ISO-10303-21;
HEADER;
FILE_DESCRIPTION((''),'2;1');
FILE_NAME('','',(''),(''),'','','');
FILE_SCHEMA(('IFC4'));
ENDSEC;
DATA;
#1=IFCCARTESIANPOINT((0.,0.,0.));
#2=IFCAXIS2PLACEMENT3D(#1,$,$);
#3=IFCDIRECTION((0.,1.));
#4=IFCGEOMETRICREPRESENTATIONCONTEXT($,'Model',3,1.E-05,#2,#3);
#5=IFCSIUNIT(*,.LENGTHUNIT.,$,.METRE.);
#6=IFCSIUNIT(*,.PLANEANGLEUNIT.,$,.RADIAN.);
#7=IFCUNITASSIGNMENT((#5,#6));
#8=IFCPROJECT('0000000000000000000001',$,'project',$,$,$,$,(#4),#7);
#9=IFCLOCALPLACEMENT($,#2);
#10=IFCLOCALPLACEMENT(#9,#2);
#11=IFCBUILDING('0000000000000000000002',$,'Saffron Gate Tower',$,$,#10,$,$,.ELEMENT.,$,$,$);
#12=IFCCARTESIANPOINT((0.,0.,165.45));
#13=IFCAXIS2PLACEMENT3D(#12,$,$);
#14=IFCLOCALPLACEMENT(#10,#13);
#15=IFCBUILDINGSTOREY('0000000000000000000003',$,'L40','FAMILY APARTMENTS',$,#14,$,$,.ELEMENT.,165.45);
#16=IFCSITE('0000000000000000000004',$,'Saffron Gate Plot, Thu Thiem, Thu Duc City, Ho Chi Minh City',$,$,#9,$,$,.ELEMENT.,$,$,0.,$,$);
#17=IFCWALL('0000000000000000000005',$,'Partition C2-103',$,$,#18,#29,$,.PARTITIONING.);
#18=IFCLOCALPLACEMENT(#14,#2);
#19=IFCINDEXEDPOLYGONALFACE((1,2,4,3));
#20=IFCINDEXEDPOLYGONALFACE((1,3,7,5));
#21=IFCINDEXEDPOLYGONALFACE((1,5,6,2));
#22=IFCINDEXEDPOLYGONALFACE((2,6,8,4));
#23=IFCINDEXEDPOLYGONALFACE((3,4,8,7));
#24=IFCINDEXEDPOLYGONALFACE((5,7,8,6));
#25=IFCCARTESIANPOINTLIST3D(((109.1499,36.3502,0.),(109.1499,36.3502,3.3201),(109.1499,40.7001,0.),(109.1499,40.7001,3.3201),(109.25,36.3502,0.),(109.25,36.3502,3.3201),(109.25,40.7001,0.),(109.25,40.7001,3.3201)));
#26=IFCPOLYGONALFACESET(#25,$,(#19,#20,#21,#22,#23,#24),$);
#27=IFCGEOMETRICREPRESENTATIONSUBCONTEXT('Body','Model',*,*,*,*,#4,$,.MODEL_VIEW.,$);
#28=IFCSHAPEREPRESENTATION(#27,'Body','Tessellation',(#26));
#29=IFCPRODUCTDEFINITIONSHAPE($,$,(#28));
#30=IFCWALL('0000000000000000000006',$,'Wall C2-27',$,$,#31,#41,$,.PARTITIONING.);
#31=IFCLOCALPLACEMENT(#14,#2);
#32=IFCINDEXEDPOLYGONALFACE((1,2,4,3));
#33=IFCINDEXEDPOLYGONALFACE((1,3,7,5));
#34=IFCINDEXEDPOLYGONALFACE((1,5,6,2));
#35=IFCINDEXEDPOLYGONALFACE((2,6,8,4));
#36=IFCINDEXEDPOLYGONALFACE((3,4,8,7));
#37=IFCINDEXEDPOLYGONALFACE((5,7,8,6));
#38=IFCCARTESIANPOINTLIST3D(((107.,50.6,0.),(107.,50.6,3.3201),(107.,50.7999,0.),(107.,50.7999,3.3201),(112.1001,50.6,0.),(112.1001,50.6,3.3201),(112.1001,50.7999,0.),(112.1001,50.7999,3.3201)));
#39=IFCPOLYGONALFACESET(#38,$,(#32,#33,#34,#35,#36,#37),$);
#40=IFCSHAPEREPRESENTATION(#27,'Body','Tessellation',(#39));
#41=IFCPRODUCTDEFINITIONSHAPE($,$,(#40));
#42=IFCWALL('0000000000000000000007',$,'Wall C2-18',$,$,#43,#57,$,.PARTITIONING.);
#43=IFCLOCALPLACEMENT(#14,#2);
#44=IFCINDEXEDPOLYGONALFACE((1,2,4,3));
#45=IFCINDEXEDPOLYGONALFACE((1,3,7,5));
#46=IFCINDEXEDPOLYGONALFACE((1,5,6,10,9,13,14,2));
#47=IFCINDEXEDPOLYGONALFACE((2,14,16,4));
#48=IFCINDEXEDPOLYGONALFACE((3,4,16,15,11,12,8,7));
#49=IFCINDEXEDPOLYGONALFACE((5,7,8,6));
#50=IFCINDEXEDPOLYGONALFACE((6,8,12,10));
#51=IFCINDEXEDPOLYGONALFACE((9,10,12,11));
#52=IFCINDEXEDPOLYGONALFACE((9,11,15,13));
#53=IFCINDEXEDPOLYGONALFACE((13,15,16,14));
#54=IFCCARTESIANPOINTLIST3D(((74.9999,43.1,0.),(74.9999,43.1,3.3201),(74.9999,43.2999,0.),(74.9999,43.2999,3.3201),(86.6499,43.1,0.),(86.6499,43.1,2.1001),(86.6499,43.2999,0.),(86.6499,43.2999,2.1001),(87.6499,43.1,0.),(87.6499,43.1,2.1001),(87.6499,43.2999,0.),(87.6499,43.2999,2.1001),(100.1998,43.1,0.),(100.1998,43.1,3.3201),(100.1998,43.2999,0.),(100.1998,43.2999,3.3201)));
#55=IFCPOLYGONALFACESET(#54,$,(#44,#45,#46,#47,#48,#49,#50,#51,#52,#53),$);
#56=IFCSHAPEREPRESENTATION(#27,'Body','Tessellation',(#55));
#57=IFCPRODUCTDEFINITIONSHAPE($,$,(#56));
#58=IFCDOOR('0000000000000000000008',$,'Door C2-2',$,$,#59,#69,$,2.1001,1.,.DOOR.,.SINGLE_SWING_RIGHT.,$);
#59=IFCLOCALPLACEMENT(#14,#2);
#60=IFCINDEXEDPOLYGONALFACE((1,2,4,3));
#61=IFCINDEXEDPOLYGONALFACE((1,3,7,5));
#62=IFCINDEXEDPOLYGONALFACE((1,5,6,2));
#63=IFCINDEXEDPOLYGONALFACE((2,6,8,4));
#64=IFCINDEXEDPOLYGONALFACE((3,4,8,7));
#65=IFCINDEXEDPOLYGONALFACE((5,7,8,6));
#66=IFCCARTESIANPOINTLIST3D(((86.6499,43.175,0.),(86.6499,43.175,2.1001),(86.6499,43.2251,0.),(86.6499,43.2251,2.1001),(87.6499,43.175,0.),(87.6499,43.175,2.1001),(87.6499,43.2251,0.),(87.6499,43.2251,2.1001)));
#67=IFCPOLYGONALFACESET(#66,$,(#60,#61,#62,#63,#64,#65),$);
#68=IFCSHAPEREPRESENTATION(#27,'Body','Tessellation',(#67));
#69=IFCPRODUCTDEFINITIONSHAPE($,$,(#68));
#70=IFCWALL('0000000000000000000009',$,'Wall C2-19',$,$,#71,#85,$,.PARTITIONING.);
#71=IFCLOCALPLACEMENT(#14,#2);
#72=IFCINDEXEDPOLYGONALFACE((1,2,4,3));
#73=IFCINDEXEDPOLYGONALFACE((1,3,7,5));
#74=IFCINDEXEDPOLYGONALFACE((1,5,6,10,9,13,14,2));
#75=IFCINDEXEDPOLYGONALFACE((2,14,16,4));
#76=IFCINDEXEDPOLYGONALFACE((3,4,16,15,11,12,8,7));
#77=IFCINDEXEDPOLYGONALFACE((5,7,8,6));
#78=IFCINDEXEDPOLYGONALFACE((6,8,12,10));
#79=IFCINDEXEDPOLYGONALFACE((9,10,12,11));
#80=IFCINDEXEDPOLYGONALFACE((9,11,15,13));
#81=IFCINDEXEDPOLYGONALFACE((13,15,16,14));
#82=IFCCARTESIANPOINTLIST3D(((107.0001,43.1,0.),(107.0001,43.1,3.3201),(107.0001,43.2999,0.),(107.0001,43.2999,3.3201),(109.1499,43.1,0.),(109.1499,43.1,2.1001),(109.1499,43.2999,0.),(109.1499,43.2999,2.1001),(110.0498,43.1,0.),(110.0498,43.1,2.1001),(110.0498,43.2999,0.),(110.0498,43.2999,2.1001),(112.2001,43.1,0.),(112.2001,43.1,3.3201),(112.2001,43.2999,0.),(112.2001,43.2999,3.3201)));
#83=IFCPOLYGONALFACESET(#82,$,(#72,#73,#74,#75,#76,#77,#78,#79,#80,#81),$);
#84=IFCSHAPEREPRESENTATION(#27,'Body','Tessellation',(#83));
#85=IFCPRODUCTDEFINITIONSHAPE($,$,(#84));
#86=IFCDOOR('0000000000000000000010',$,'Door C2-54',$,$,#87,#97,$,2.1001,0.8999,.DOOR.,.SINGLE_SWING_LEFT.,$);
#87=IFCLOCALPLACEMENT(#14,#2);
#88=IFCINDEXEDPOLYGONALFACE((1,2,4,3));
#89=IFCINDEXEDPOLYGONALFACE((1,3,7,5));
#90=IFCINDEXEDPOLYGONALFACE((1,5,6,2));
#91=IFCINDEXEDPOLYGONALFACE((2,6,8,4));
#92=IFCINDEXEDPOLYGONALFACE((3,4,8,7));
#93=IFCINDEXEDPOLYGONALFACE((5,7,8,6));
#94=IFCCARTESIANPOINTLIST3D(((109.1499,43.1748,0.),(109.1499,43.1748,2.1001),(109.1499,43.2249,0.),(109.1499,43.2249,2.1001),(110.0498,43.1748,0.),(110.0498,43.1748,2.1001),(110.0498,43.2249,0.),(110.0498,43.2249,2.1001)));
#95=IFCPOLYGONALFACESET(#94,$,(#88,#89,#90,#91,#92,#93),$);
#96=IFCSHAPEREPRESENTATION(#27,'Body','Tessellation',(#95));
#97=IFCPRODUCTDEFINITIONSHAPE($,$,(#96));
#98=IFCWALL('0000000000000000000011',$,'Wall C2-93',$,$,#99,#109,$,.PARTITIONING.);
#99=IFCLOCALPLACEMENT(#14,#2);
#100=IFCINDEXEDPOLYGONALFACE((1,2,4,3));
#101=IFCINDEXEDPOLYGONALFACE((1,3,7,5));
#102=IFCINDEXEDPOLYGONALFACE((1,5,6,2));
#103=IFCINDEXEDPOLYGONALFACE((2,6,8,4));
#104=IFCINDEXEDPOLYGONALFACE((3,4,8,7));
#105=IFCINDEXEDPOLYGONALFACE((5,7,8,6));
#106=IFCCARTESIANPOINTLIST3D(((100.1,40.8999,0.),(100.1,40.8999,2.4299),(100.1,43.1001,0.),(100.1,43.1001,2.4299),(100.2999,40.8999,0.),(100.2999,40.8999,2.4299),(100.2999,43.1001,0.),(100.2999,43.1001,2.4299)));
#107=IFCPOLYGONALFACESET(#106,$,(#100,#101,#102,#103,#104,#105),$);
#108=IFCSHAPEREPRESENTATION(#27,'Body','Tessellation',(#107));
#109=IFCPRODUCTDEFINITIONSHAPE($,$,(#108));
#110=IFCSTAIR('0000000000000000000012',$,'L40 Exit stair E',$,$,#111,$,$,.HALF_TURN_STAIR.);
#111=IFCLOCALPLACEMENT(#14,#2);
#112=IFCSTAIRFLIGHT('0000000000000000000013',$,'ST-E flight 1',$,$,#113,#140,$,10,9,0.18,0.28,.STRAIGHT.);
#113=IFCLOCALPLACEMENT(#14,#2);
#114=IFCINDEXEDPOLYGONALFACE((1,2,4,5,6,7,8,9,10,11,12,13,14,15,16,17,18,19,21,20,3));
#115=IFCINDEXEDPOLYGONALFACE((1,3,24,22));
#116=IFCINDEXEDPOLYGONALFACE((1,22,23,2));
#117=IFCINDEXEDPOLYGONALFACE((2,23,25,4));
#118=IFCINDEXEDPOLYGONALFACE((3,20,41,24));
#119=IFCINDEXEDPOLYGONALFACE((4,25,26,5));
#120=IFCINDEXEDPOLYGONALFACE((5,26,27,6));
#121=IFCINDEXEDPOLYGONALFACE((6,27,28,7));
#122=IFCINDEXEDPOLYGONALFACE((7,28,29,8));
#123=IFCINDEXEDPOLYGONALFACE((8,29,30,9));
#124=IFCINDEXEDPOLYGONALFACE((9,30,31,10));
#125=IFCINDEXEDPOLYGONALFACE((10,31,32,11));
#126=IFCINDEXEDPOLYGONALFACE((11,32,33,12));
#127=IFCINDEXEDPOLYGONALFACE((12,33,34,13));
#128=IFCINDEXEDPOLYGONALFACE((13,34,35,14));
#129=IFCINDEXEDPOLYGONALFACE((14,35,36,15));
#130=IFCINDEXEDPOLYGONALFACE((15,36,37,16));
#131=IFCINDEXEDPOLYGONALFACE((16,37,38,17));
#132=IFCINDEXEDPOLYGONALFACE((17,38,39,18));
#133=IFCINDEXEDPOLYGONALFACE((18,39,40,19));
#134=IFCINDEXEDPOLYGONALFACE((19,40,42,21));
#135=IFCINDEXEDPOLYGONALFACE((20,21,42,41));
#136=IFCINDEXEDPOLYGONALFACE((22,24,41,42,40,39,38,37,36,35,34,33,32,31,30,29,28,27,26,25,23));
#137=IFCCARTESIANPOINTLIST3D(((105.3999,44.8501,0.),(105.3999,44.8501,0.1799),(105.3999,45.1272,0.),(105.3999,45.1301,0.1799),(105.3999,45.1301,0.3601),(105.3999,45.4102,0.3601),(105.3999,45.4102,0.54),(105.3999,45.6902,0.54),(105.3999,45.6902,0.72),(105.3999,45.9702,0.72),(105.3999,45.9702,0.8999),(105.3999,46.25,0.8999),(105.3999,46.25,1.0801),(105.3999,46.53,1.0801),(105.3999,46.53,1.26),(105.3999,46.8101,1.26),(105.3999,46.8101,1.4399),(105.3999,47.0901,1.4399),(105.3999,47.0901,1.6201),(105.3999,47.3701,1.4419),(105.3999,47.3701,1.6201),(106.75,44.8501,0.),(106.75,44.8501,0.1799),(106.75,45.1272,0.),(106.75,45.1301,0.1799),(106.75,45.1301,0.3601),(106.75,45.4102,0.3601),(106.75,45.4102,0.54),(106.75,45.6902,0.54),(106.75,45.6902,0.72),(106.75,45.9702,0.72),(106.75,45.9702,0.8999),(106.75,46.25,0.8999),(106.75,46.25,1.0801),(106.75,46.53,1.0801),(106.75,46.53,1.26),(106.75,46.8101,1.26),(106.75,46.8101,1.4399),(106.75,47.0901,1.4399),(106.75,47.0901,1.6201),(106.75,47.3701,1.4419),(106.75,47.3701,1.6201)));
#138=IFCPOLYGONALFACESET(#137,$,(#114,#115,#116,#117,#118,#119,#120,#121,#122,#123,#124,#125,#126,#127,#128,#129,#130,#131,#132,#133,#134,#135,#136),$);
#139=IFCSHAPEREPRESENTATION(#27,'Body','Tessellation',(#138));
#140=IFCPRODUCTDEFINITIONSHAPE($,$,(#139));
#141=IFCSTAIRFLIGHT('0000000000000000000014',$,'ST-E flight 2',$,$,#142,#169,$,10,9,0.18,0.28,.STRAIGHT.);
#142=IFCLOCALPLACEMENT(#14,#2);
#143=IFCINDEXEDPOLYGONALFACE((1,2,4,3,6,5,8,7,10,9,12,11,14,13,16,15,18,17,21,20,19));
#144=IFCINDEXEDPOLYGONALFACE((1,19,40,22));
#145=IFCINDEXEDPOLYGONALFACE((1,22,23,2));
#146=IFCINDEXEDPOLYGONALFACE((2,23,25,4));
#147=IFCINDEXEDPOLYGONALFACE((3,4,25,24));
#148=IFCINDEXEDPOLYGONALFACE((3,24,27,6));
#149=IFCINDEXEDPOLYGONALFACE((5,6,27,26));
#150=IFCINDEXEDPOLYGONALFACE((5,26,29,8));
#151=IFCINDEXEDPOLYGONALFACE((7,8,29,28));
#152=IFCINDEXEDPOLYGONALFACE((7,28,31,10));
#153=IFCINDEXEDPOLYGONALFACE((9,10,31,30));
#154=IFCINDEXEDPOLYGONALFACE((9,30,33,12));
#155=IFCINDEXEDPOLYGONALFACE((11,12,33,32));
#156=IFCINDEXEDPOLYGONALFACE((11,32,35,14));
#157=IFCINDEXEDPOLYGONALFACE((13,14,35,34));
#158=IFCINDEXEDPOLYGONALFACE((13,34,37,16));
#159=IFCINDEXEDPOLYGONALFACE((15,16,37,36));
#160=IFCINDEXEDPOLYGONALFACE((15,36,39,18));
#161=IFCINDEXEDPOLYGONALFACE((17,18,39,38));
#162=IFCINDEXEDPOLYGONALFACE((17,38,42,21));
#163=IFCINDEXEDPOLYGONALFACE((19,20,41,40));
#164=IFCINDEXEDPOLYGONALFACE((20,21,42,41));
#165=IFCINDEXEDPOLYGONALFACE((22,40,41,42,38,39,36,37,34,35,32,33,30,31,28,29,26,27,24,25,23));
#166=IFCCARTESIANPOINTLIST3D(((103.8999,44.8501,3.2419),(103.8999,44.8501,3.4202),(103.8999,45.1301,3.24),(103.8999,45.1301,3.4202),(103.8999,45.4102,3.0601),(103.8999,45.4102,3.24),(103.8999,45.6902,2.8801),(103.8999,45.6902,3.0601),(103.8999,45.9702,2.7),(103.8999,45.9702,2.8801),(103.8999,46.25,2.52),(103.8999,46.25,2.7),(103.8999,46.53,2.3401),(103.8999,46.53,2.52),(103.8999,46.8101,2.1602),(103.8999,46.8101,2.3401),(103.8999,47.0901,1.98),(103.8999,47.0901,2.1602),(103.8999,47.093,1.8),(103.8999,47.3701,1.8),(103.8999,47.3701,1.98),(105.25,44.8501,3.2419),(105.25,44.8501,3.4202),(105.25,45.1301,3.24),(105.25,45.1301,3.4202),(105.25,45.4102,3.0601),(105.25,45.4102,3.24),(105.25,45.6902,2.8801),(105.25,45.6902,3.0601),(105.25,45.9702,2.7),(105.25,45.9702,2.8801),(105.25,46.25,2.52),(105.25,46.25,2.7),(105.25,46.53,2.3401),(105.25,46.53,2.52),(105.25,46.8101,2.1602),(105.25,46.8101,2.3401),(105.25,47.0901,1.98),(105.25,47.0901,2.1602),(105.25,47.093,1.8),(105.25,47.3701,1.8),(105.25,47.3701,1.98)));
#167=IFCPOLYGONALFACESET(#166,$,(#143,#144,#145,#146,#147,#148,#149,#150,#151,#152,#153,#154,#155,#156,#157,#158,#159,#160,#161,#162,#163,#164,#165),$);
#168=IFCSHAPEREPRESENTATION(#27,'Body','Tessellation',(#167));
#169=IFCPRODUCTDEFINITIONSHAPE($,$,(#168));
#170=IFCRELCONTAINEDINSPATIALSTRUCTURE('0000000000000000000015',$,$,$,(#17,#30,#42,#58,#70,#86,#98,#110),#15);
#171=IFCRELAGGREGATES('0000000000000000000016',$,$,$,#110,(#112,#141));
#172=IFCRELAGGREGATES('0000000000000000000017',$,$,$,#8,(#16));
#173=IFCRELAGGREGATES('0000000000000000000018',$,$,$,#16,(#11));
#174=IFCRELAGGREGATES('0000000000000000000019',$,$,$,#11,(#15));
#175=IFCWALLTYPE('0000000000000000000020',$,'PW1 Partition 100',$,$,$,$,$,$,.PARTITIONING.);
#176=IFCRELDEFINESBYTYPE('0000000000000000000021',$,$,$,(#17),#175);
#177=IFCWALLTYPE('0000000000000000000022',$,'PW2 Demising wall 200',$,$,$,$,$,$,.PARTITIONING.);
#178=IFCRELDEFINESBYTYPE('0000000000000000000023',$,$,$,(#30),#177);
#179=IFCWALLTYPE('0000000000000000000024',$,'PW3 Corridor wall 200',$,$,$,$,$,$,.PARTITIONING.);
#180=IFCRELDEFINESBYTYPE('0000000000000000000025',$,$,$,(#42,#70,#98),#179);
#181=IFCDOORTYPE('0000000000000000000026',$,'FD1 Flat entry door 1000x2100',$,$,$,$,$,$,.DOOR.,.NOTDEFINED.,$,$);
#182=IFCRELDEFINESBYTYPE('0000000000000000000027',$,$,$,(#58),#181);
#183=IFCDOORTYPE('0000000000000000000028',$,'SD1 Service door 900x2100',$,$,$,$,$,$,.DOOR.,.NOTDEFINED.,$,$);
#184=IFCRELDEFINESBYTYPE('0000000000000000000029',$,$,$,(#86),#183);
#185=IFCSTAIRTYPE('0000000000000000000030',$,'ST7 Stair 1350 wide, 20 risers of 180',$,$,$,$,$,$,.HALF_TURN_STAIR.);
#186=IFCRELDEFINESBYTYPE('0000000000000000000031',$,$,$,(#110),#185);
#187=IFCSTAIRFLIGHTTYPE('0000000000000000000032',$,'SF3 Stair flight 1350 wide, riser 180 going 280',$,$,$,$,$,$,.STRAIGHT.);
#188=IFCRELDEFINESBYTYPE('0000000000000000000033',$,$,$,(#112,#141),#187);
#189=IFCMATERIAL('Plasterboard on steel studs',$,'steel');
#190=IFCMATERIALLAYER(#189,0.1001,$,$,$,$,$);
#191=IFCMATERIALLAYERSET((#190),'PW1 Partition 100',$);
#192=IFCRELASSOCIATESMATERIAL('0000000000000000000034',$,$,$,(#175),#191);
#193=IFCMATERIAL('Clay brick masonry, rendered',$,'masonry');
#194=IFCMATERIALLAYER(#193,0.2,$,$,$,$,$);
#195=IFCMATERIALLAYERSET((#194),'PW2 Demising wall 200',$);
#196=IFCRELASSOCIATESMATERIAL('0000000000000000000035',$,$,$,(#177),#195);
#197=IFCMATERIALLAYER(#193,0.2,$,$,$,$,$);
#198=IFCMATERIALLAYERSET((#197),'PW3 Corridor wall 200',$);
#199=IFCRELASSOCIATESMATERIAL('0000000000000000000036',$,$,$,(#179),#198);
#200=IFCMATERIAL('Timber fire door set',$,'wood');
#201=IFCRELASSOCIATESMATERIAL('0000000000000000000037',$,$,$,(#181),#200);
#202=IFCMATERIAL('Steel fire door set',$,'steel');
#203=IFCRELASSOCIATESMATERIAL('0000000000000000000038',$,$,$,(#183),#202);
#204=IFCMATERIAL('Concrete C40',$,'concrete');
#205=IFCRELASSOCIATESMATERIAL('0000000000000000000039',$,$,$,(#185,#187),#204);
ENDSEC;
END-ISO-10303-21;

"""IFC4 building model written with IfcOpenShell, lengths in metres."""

from ifc_helpers import new_model, si_unit, direction, frame, frame_2d, origin, place, context, subcontext, project, spatial, polyline, rectangle, outline, extrude, material, layer, layer_set, type_object, element, fill, aggregate, save


model = new_model("IFC4")

# Units and contexts
model_context = context("Model", 3, precision=1e-05, world=origin(), true_north=direction((0.0, 1.0)))
body_context = subcontext(model_context, "Body", "Model", "MODEL_VIEW")
ifc_project = project(units=[si_unit("LENGTHUNIT", "METRE"), si_unit("PLANEANGLEUNIT", "RADIAN")], contexts=[model_context])

# Site, building, storey
site_placement = place(None, origin())
site = spatial("IfcSite", under=ifc_project, at=site_placement, Name="Saffron Gate Plot, Thu Thiem, Thu Duc City, Ho Chi Minh City", CompositionType="ELEMENT", RefElevation=0.0)
building_placement = place(site_placement, origin())
building = spatial("IfcBuilding", under=site, at=building_placement, Name="Saffron Gate Tower", CompositionType="ELEMENT")
storey_placement = place(building_placement, frame((0.0, 0.0, 165.45)))
storey = spatial("IfcBuildingStorey", under=building, at=storey_placement, Name="L40", Description="FAMILY APARTMENTS", CompositionType="ELEMENT", Elevation=165.45)

# Shared definitions
ifc_material_1 = material(Name="Steel fire door set", Category="steel")

# Shared definitions
ifc_material_2 = material(Name="Plasterboard on steel studs", Category="steel")
ifc_layer_1 = layer(ifc_material_2, 0.1001)
ifc_layer_set_1 = layer_set([ifc_layer_1], Name="PW1 Partition 100")
wall_type_1 = type_object("IfcWallType", Name="PW1 Partition 100", PredefinedType="PARTITIONING", material=ifc_layer_set_1)

# Walls
wall_1_placement = place(storey_placement, frame((109.2, 40.7, 0.0), z_axis=(0.0, 0.0, 1.0), x_axis=(0.0, -1.0, 0.0)))
element("IfcWall", 1, at=wall_1_placement, inside=storey, type_object=wall_type_1, Name="Partition C2-103", PredefinedType="PARTITIONING", context=body_context, shape_type="SweptSolid", body=[
    extrude(rectangle(XDim=4.3499, YDim=0.1001, at=frame_2d((2.1748, 0.0))), origin(), (0.0, 0.0, 1.0), 3.3201),
])
ifc_material_3 = material(Name="Clay brick masonry, rendered", Category="masonry")
ifc_layer_2 = layer(ifc_material_3, 0.2)
ifc_layer_set_2 = layer_set([ifc_layer_2], Name="PW2 Demising wall 200")
wall_type_2 = type_object("IfcWallType", Name="PW2 Demising wall 200", PredefinedType="PARTITIONING", material=ifc_layer_set_2)
wall_2_placement = place(storey_placement, frame((107.0, 50.7, 0.0), z_axis=(0.0, 0.0, 1.0), x_axis=(1.0, 0.0, 0.0)))
element("IfcWall", 2, at=wall_2_placement, inside=storey, type_object=wall_type_2, Name="Wall C2-27", PredefinedType="PARTITIONING", context=body_context, shape_type="SweptSolid", body=[
    extrude(rectangle(XDim=5.1001, YDim=0.2, at=frame_2d((2.55, 0.0))), origin(), (0.0, 0.0, 1.0), 3.3201),
])

# Walls, openings, doors
ifc_layer_3 = layer(ifc_material_3, 0.2)
ifc_layer_set_3 = layer_set([ifc_layer_3], Name="PW3 Corridor wall 200")
wall_type_3 = type_object("IfcWallType", Name="PW3 Corridor wall 200", PredefinedType="PARTITIONING", material=ifc_layer_set_3)
wall_3_placement = place(storey_placement, frame((100.2, 43.2, 0.0), z_axis=(0.0, 0.0, 1.0), x_axis=(-1.0, 0.0, 0.0)))
wall_3 = element("IfcWall", 3, at=wall_3_placement, inside=storey, type_object=wall_type_3, Name="Wall C2-18", PredefinedType="PARTITIONING", context=body_context, shape_type="SweptSolid", body=[
    extrude(rectangle(XDim=25.2, YDim=0.2, at=frame_2d((12.6001, 0.0))), origin(), (0.0, 0.0, 1.0), 3.3201),
])
opening_1_placement = place(wall_3_placement, frame((12.55, 0.0, 0.0)))
opening_1 = element("IfcOpeningElement", 4, at=opening_1_placement, cuts=wall_3, PredefinedType="OPENING", context=body_context, shape_type="SweptSolid", body=[
    extrude(rectangle(XDim=1.0, YDim=2.1001, at=frame_2d((0.5, 1.05))), frame((0.0, 0.1099, 0.0), z_axis=(0.0, -1.0, 0.0), x_axis=(1.0, 0.0, 0.0)), (0.0, 0.0, 1.0), 0.22),
])
ifc_material_4 = material(Name="Timber fire door set", Category="wood")
door_type_1 = type_object("IfcDoorType", Name="FD1 Flat entry door 1000x2100", OperationType="NOTDEFINED", PredefinedType="DOOR", material=ifc_material_4)
door_1_placement = place(opening_1_placement, origin())
door_1 = element("IfcDoor", 5, at=door_1_placement, inside=storey, type_object=door_type_1, Name="Door C2-2", OperationType="SINGLE_SWING_RIGHT", OverallHeight=2.1001, OverallWidth=1.0, PredefinedType="DOOR", context=body_context, shape_type="SweptSolid", body=[
    extrude(rectangle(XDim=1.0, YDim=2.1001, at=frame_2d((0.5, 1.05))), frame((0.0, 0.0249, 0.0), z_axis=(0.0, -1.0, 0.0), x_axis=(1.0, 0.0, 0.0)), (0.0, 0.0, 1.0), 0.05),
])
fill(opening_1, door_1)
wall_4_placement = place(storey_placement, frame((107.0, 43.2, 0.0), z_axis=(0.0, 0.0, 1.0), x_axis=(1.0, 0.0, 0.0)))
wall_4 = element("IfcWall", 6, at=wall_4_placement, inside=storey, type_object=wall_type_3, Name="Wall C2-19", PredefinedType="PARTITIONING", context=body_context, shape_type="SweptSolid", body=[
    extrude(rectangle(XDim=5.2, YDim=0.2, at=frame_2d((2.6001, 0.0))), origin(), (0.0, 0.0, 1.0), 3.3201),
])
opening_2_placement = place(wall_4_placement, frame((2.1499, 0.0, 0.0)))
opening_2 = element("IfcOpeningElement", 7, at=opening_2_placement, cuts=wall_4, PredefinedType="OPENING", context=body_context, shape_type="SweptSolid", body=[
    extrude(rectangle(XDim=0.8999, YDim=2.1001, at=frame_2d((0.45, 1.05))), frame((0.0, 0.1099, 0.0), z_axis=(0.0, -1.0, 0.0), x_axis=(1.0, 0.0, 0.0)), (0.0, 0.0, 1.0), 0.22),
])
door_type_2 = type_object("IfcDoorType", Name="SD1 Service door 900x2100", OperationType="NOTDEFINED", PredefinedType="DOOR", material=ifc_material_1)
door_2_placement = place(opening_2_placement, origin())
door_2 = element("IfcDoor", 8, at=door_2_placement, inside=storey, type_object=door_type_2, Name="Door C2-54", OperationType="SINGLE_SWING_LEFT", OverallHeight=2.1001, OverallWidth=0.8999, PredefinedType="DOOR", context=body_context, shape_type="SweptSolid", body=[
    extrude(rectangle(XDim=0.8999, YDim=2.1001, at=frame_2d((0.45, 1.05))), frame((0.0, 0.0249, 0.0), z_axis=(0.0, -1.0, 0.0), x_axis=(1.0, 0.0, 0.0)), (0.0, 0.0, 1.0), 0.05),
])
fill(opening_2, door_2)

# Wall
wall_5_placement = place(storey_placement, frame((100.2, 43.1001, 0.0), z_axis=(0.0, 0.0, 1.0), x_axis=(0.0, -1.0, 0.0)))
element("IfcWall", 9, at=wall_5_placement, inside=storey, type_object=wall_type_3, Name="Wall C2-93", PredefinedType="PARTITIONING", context=body_context, shape_type="SweptSolid", body=[
    extrude(rectangle(XDim=2.2002, YDim=0.2, at=frame_2d((1.1001, 0.0))), origin(), (0.0, 0.0, 1.0), 2.4299),
])

# Stair, stair flights
ifc_material_5 = material(Name="Concrete C40", Category="concrete")
stair_type = type_object("IfcStairType", Name="ST7 Stair 1350 wide, 20 risers of 180", PredefinedType="HALF_TURN_STAIR", material=ifc_material_5)
stair_placement = place(storey_placement, origin())
stair = element("IfcStair", 10, at=stair_placement, inside=storey, type_object=stair_type, Name="L40 Exit stair E", PredefinedType="HALF_TURN_STAIR")
stair_flight_type = type_object("IfcStairFlightType", Name="SF3 Stair flight 1350 wide, riser 180 going 280", PredefinedType="STRAIGHT", material=ifc_material_5)
stair_flight_1_placement = place(storey_placement, frame((106.075, 44.8501, 0.0), z_axis=(0.0, 0.0, 1.0), x_axis=(0.0, 1.0, 0.0)))
stair_flight_1 = element("IfcStairFlight", 11, at=stair_flight_1_placement, type_object=stair_flight_type, Name="ST-E flight 1", NumberOfRisers=10, NumberOfTreads=9, PredefinedType="STRAIGHT", RiserHeight=0.18, TreadLength=0.28, context=body_context, shape_type="SweptSolid", body=[
    extrude(outline(polyline([(0.0, 0.0), (0.0, 0.1799), (0.28, 0.1799), (0.28, 0.3601), (0.5601, 0.3601), (0.5601, 0.54), (0.8401, 0.54), (0.8401, 0.72), (1.1201, 0.72), (1.1201, 0.8999), (1.3999, 0.8999), (1.3999, 1.0801), (1.6799, 1.0801), (1.6799, 1.26), (1.96, 1.26), (1.96, 1.4399), (2.24, 1.4399), (2.24, 1.6201), (2.52, 1.6201), (2.52, 1.8), (2.52, 1.4419), (0.2771, 0.0), (0.0, 0.0)])), frame((0.0, 0.675, 0.0), z_axis=(0.0, -1.0, 0.0), x_axis=(1.0, 0.0, 0.0)), (0.0, 0.0, 1.0), 1.3501),
])
stair_flight_2_placement = place(storey_placement, frame((104.575, 47.3701, 1.8), z_axis=(0.0, 0.0, 1.0), x_axis=(0.0, -1.0, 0.0)))
stair_flight_2 = element("IfcStairFlight", 12, at=stair_flight_2_placement, type_object=stair_flight_type, Name="ST-E flight 2", NumberOfRisers=10, NumberOfTreads=9, PredefinedType="STRAIGHT", RiserHeight=0.18, TreadLength=0.28, context=body_context, shape_type="SweptSolid", body=[
    extrude(outline(polyline([(0.0, 0.0), (0.0, 0.1799), (0.28, 0.1799), (0.28, 0.3601), (0.5601, 0.3601), (0.5601, 0.54), (0.8401, 0.54), (0.8401, 0.72), (1.1201, 0.72), (1.1201, 0.8999), (1.3999, 0.8999), (1.3999, 1.0801), (1.6799, 1.0801), (1.6799, 1.26), (1.96, 1.26), (1.96, 1.4399), (2.24, 1.4399), (2.24, 1.6201), (2.52, 1.6201), (2.52, 1.8), (2.52, 1.4419), (0.2771, 0.0), (0.0, 0.0)])), frame((0.0, 0.675, 0.0), z_axis=(0.0, -1.0, 0.0), x_axis=(1.0, 0.0, 0.0)), (0.0, 0.0, 1.0), 1.3501),
])
aggregate(stair, [stair_flight_1, stair_flight_2])

save(model, "model.ifc")
